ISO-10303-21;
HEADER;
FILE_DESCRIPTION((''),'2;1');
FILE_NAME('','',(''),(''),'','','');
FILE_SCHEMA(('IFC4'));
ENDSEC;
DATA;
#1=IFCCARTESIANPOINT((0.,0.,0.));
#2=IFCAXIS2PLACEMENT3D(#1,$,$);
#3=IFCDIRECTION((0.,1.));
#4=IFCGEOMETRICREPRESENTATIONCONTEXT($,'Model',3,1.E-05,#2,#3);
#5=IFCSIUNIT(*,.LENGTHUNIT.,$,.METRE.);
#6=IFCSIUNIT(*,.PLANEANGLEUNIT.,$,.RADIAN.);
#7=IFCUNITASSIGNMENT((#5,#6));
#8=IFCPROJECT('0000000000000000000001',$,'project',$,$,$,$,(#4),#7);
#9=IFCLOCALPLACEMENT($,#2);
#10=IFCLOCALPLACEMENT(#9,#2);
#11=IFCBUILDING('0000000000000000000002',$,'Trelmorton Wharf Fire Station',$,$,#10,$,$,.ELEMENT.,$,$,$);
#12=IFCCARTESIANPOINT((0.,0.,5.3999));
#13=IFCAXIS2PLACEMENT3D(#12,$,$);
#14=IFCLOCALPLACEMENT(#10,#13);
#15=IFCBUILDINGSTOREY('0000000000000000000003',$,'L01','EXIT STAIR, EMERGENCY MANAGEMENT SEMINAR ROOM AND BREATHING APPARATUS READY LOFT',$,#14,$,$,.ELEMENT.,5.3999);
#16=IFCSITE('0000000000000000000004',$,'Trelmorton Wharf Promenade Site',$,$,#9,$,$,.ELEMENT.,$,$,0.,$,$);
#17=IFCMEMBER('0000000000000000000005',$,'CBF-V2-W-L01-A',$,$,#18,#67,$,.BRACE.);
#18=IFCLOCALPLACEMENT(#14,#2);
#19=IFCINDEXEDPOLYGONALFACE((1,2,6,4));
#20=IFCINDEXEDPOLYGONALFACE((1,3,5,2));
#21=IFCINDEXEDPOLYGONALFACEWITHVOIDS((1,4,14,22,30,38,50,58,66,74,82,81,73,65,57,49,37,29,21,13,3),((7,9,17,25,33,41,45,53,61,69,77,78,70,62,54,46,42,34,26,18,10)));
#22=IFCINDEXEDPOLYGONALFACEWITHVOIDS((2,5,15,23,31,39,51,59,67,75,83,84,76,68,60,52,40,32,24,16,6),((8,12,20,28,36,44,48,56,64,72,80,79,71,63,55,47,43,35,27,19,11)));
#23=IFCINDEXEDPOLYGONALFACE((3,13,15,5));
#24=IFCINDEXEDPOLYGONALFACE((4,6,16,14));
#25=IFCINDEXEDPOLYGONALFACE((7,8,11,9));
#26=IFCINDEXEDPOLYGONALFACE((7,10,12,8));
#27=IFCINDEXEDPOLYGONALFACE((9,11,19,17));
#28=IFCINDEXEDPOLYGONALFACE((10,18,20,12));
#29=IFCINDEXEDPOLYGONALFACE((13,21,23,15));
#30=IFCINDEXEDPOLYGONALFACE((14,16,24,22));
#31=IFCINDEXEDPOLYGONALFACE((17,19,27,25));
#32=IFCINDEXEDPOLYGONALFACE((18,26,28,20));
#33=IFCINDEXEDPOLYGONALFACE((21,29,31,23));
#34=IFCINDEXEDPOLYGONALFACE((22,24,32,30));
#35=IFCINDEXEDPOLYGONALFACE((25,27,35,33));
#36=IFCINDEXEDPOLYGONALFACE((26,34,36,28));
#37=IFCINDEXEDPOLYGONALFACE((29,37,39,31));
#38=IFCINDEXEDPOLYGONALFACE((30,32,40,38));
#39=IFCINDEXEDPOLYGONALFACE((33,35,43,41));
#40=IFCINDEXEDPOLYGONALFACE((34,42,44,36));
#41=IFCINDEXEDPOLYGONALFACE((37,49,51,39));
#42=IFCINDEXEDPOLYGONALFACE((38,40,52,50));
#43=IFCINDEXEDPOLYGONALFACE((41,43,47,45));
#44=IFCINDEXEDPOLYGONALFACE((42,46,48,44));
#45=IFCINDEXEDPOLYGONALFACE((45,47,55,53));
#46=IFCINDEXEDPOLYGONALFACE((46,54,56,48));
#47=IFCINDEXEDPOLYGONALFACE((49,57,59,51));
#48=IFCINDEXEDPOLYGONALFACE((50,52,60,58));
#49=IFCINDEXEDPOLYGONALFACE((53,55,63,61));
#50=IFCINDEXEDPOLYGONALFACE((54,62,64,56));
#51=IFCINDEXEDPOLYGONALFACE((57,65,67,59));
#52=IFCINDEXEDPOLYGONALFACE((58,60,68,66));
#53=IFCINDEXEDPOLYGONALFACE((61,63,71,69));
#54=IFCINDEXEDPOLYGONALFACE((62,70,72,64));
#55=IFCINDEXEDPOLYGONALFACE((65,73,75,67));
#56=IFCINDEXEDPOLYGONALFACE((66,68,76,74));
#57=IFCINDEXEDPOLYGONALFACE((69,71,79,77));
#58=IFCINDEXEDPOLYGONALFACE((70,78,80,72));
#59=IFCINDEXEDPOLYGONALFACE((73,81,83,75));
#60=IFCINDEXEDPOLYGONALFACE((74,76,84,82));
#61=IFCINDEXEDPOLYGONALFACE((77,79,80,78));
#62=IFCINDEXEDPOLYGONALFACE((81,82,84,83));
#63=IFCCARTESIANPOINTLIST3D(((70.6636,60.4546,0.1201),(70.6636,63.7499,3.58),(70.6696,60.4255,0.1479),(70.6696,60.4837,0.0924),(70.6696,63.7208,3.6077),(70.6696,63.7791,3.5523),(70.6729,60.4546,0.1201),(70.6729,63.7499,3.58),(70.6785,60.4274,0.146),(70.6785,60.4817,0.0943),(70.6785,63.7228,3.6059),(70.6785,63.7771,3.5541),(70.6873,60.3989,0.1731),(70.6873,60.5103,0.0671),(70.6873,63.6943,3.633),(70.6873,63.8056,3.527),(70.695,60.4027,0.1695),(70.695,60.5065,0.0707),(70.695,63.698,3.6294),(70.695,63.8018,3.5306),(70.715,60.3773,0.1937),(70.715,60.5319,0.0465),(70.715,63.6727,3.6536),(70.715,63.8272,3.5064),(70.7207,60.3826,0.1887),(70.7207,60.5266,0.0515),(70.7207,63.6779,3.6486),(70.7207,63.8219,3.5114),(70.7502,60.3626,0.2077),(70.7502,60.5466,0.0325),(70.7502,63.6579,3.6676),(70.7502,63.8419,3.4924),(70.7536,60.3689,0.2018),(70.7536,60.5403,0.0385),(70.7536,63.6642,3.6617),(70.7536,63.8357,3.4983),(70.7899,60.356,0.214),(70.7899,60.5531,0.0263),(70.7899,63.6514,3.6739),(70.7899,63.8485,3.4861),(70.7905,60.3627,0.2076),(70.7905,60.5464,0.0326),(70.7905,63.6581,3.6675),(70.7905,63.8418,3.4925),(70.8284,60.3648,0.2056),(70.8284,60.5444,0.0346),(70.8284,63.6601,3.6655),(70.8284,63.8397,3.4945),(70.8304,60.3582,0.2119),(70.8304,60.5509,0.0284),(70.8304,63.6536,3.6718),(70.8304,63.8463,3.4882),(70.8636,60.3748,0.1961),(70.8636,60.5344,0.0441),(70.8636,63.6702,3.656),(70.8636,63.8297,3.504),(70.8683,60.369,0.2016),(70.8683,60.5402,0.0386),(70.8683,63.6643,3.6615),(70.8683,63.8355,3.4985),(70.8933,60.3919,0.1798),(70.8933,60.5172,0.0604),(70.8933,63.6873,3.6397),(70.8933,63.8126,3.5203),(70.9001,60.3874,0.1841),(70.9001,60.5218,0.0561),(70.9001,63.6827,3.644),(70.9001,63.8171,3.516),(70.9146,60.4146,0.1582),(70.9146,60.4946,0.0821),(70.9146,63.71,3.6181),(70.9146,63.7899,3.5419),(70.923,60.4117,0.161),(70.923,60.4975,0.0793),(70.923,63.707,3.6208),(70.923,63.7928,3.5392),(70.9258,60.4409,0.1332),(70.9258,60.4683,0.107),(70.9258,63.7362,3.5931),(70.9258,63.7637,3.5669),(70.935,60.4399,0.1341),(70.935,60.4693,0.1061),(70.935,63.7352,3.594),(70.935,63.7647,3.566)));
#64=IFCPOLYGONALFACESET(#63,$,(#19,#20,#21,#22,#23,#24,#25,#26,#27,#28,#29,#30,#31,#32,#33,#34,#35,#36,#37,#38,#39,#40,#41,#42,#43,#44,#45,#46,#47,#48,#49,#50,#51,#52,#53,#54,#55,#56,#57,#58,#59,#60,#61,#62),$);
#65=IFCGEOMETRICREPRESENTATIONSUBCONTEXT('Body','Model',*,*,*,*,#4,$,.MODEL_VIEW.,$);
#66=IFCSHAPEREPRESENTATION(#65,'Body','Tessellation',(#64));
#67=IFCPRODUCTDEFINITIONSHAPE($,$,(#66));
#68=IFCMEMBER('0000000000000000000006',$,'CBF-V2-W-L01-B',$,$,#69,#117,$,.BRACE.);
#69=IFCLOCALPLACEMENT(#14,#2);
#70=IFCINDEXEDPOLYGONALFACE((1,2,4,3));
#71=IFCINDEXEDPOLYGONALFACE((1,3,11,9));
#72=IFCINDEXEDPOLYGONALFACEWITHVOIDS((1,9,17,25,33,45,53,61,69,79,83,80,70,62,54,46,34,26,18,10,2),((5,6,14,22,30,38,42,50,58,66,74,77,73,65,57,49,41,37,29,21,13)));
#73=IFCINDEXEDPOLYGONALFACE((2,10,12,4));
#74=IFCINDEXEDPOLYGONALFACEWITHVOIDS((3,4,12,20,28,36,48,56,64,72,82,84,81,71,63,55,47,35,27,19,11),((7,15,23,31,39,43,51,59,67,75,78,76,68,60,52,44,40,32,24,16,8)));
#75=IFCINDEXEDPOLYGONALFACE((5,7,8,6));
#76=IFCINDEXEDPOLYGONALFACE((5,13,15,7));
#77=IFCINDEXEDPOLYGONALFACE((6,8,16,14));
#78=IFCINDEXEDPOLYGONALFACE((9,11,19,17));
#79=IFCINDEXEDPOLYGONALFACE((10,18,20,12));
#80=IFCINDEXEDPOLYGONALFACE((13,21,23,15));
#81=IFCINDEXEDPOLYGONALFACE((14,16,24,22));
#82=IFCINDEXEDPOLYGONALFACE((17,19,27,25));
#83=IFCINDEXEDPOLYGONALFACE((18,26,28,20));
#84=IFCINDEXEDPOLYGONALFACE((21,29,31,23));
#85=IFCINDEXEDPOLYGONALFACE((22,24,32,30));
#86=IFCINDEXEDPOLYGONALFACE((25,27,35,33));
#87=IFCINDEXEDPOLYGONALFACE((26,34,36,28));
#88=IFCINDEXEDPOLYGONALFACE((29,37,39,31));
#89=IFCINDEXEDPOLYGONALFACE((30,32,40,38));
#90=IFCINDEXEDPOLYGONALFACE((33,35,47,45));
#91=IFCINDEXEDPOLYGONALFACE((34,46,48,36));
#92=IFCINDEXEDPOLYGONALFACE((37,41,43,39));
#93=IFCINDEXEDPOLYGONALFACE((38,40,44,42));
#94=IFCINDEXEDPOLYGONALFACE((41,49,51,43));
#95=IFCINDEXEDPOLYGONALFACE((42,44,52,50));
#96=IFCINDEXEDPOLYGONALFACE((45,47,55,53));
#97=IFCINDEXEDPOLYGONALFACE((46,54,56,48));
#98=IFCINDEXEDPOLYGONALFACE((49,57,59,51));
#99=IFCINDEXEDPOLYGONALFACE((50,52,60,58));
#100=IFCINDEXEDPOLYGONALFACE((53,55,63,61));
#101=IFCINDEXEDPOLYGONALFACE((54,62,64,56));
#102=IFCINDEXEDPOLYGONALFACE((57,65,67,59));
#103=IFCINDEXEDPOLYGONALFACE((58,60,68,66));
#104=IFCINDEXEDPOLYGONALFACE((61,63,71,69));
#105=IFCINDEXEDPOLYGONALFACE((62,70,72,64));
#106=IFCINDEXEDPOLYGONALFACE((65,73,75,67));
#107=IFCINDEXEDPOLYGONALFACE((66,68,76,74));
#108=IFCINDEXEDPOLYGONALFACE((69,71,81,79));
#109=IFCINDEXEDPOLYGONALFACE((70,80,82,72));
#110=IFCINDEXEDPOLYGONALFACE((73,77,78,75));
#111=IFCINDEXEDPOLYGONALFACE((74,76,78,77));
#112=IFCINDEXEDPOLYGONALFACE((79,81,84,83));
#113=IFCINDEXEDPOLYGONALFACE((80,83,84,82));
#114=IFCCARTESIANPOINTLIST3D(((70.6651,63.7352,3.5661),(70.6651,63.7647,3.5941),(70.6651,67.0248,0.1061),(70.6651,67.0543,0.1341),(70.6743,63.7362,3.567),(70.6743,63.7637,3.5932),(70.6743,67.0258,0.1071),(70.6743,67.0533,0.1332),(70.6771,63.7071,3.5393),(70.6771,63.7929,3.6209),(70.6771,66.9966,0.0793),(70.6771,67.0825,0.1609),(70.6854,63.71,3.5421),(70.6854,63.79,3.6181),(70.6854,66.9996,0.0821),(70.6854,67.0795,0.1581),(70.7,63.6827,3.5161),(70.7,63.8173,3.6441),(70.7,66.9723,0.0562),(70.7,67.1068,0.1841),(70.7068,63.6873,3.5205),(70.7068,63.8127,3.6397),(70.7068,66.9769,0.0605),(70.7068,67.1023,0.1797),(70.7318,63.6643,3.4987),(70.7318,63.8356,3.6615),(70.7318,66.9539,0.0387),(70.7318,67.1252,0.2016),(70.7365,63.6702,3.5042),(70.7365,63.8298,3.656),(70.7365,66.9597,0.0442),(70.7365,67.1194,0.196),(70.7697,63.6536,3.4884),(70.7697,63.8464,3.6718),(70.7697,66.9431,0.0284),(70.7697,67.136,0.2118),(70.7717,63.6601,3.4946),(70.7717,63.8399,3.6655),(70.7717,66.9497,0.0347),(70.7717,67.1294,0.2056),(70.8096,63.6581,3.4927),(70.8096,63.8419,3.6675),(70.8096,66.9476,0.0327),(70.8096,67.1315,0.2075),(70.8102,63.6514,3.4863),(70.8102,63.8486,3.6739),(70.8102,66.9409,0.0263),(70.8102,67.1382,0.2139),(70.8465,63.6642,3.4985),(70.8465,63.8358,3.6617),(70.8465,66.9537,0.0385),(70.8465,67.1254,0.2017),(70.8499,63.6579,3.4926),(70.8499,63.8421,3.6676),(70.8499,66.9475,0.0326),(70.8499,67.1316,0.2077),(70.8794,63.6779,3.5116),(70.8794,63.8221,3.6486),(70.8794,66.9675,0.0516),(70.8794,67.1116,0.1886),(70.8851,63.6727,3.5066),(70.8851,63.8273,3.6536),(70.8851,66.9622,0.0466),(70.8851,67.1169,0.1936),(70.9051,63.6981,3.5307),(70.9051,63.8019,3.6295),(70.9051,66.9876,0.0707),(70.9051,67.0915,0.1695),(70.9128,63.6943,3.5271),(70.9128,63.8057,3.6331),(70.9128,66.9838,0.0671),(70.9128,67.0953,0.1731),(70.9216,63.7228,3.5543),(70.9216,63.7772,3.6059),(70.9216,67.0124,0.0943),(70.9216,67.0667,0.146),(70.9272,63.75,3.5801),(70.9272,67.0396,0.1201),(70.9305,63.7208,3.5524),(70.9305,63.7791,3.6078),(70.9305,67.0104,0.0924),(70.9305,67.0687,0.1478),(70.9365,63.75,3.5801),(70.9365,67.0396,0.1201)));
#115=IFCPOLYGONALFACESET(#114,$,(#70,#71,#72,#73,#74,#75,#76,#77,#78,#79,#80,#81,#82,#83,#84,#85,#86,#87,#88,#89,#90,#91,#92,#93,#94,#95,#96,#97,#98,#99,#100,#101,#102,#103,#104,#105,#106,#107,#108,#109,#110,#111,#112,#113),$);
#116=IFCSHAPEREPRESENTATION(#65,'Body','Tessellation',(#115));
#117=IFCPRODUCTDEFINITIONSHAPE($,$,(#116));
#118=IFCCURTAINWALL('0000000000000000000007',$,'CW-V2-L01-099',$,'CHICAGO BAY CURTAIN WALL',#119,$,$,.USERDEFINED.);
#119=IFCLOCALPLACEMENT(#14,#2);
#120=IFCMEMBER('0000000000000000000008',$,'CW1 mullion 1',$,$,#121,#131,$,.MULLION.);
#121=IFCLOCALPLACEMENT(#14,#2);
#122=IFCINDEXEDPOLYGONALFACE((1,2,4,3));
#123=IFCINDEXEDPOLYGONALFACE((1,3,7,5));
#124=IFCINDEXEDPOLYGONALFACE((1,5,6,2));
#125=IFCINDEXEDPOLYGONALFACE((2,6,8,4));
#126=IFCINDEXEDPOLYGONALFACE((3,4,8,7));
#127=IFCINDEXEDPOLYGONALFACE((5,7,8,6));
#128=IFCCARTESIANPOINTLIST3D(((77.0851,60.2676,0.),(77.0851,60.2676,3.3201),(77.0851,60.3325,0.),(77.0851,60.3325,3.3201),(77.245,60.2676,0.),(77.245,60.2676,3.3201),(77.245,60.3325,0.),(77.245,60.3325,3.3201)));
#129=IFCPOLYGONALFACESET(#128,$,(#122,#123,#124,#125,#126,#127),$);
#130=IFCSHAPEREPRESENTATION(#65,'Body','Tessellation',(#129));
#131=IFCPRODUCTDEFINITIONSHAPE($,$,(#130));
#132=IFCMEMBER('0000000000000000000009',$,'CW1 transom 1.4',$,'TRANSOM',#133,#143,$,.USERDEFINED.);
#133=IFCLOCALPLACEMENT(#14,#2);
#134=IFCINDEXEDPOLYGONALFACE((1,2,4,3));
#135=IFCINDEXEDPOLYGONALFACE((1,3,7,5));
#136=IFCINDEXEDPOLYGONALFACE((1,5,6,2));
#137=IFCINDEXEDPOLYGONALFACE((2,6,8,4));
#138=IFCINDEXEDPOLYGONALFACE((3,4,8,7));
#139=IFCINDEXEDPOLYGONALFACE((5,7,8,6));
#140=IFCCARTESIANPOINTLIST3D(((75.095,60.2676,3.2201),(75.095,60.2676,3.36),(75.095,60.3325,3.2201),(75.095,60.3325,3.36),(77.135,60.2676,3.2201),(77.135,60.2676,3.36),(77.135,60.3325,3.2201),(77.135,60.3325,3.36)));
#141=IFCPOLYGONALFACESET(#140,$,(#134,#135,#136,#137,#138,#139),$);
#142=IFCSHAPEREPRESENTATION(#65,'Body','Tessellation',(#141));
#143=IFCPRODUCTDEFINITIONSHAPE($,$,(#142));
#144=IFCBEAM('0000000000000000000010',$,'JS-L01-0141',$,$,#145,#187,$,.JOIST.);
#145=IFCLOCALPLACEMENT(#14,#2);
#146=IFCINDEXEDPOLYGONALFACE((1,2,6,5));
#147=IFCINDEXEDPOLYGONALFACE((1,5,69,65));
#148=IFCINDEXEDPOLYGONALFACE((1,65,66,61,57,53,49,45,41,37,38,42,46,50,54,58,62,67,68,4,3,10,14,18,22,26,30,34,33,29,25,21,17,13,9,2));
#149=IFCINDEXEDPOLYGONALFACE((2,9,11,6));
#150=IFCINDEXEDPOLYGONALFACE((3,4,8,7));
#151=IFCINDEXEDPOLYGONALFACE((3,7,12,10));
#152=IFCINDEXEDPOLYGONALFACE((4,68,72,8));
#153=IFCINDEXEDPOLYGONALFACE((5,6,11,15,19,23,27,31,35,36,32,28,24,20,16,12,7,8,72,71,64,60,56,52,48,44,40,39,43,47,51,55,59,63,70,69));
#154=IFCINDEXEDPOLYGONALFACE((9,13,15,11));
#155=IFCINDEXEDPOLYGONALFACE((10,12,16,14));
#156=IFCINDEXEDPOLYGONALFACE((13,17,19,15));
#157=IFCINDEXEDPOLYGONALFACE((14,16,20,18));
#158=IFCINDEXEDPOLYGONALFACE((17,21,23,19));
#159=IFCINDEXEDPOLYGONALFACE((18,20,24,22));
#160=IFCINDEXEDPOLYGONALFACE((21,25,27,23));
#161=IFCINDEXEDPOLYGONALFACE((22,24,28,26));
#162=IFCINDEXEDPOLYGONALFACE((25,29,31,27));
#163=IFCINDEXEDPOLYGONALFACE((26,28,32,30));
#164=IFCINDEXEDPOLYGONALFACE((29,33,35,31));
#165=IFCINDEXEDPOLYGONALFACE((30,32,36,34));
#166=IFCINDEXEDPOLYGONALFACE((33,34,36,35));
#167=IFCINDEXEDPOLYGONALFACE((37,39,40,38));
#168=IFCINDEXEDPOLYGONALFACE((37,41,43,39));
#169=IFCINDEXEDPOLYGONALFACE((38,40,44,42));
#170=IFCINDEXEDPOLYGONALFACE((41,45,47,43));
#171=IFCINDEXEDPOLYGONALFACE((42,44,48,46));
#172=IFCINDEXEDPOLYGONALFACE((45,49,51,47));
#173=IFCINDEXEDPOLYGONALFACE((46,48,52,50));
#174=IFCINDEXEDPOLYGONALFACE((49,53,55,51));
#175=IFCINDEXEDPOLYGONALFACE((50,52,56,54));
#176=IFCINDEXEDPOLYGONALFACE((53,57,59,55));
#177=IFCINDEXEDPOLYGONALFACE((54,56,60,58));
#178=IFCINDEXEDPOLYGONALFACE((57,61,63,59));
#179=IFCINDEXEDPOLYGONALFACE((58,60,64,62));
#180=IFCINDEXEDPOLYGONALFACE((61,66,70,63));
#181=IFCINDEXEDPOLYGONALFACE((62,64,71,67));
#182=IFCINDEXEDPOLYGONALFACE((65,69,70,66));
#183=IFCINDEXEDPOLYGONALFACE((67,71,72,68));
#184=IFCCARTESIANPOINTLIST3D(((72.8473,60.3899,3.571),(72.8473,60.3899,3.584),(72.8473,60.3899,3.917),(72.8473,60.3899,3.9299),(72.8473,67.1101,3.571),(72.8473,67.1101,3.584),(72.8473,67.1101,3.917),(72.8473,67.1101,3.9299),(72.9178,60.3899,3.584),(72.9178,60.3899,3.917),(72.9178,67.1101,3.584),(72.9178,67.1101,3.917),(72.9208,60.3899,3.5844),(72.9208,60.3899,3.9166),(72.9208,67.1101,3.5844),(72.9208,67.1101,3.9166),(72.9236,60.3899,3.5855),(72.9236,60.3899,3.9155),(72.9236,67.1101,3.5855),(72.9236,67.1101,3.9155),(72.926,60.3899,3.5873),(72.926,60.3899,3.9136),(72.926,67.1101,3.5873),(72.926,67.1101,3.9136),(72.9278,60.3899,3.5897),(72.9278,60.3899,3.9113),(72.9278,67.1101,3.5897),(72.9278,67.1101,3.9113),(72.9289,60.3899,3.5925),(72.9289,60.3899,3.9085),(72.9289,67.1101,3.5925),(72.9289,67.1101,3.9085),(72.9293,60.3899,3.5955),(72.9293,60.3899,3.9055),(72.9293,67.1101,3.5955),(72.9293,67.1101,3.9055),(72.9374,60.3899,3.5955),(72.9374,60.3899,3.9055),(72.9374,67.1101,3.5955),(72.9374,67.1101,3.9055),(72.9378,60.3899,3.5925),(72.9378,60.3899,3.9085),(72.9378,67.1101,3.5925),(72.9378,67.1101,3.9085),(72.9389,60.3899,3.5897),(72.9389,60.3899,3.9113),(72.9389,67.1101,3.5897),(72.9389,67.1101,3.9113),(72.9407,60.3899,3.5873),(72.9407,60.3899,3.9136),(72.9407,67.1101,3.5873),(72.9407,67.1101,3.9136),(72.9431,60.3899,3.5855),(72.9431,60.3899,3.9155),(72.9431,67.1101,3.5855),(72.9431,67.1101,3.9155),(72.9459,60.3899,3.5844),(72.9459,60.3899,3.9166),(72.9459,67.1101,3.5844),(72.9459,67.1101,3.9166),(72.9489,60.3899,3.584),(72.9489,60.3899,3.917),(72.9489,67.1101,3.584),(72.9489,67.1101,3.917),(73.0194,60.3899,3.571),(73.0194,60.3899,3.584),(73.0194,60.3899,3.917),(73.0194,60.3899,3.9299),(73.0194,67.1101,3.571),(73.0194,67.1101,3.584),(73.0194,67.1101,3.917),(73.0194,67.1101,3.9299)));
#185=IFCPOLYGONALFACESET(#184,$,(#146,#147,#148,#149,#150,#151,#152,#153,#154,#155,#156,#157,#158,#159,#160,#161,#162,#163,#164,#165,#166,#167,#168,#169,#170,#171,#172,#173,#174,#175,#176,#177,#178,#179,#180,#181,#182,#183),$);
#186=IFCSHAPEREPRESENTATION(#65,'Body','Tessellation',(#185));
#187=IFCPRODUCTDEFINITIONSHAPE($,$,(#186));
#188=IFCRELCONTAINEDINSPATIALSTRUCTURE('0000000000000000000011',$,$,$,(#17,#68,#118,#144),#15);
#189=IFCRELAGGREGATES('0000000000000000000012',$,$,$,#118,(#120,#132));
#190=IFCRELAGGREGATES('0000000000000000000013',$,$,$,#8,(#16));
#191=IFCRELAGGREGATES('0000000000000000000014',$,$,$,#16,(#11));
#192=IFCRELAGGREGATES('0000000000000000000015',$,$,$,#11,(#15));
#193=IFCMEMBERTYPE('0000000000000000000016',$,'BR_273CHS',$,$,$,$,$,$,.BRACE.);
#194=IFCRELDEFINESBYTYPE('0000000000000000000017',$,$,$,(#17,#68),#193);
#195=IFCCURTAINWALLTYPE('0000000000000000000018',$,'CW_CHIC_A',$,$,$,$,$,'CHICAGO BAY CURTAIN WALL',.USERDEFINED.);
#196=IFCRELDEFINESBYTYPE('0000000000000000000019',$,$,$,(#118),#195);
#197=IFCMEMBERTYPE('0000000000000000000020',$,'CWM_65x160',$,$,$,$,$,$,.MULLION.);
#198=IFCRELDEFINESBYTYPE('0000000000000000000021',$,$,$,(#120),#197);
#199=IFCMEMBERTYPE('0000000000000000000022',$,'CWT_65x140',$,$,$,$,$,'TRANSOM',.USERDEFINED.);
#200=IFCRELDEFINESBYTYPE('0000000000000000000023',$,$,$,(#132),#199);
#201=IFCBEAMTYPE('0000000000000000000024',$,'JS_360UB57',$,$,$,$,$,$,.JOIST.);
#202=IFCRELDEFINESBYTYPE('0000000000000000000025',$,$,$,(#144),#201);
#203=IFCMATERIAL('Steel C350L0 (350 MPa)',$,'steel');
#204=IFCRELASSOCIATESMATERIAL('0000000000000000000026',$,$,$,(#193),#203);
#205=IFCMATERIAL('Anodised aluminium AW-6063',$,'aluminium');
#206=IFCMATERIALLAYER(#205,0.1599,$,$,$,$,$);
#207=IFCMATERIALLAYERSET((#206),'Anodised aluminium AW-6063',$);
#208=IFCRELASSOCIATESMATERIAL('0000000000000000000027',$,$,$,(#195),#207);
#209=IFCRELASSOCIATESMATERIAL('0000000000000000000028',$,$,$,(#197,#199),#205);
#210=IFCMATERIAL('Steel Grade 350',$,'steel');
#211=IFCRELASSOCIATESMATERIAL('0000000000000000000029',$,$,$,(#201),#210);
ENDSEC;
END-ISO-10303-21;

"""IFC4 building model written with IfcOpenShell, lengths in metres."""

from ifc_helpers import new_model, si_unit, direction, frame, origin, origin_2d, place, context, subcontext, project, spatial, rectangle, hollow_circle, i_section, extrude, material, layer, layer_set, material_profile, profile_set, type_object, element, aggregate, save


model = new_model("IFC4")

# Units and contexts
model_context = context("Model", 3, precision=1e-05, world=origin(), true_north=direction((0.0, 1.0)))
body_context = subcontext(model_context, "Body", "Model", "MODEL_VIEW")
ifc_project = project(units=[si_unit("LENGTHUNIT", "METRE"), si_unit("PLANEANGLEUNIT", "RADIAN")], contexts=[model_context])

# Site, building, storey
site_placement = place(None, origin())
site = spatial("IfcSite", under=ifc_project, at=site_placement, Name="Trelmorton Wharf Promenade Site", CompositionType="ELEMENT", RefElevation=0.0)
building_placement = place(site_placement, origin())
building = spatial("IfcBuilding", under=site, at=building_placement, Name="Trelmorton Wharf Fire Station", CompositionType="ELEMENT")
storey_placement = place(building_placement, frame((0.0, 0.0, 5.3999)))
storey = spatial("IfcBuildingStorey", under=building, at=storey_placement, Name="L01", Description="EXIT STAIR, EMERGENCY MANAGEMENT SEMINAR ROOM AND BREATHING APPARATUS READY LOFT", CompositionType="ELEMENT", Elevation=5.3999)

# Shared definitions
ifc_material_1 = material(Name="Steel Grade 350", Category="steel")

# Members
ifc_material_2 = material(Name="Steel C350L0 (350 MPa)", Category="steel")
ifc_material_profile_1 = material_profile(ifc_material_2, hollow_circle(Radius=0.1365, WallThickness=0.0093, at=origin_2d()), Name="273.1x9.3CHS")
ifc_profile_set_1 = profile_set([ifc_material_profile_1], Name="Steel C350L0 (350 MPa)")
member_type_1 = type_object("IfcMemberType", Name="BR_273CHS", PredefinedType="BRACE", material=ifc_profile_set_1)
member_1_placement = place(storey_placement, frame((70.8, 60.4546, 0.1201), z_axis=(0.0, 0.689678, 0.724116), x_axis=(-1.0, 0.0, 0.0)))
element("IfcMember", 1, at=member_1_placement, inside=storey, type_object=member_type_1, Name="CBF-V2-W-L01-A", PredefinedType="BRACE", context=body_context, shape_type="SweptSolid", body=[
    extrude(hollow_circle(Radius=0.1365, WallThickness=0.0093, at=origin_2d()), origin(), (0.0, 0.0, 1.0), 4.7781),
])
member_2_placement = place(storey_placement, frame((70.8, 67.0396, 0.1201), z_axis=(0.0, -0.689034, 0.724729), x_axis=(1.0, 0.0, 0.0)))
element("IfcMember", 2, at=member_2_placement, inside=storey, type_object=member_type_1, Name="CBF-V2-W-L01-B", PredefinedType="BRACE", context=body_context, shape_type="SweptSolid", body=[
    extrude(hollow_circle(Radius=0.1365, WallThickness=0.0093, at=origin_2d()), origin(), (0.0, 0.0, 1.0), 4.7742),
])

# Curtain wall, members
ifc_material_3 = material(Name="Anodised aluminium AW-6063", Category="aluminium")
ifc_layer_1 = layer(ifc_material_3, 0.1599)
ifc_layer_set_1 = layer_set([ifc_layer_1], Name="Anodised aluminium AW-6063")
curtain_wall_type = type_object("IfcCurtainWallType", Name="CW_CHIC_A", ElementType="CHICAGO BAY CURTAIN WALL", PredefinedType="USERDEFINED", material=ifc_layer_set_1)
curtain_wall_placement = place(storey_placement, origin())
curtain_wall = element("IfcCurtainWall", 3, at=curtain_wall_placement, inside=storey, type_object=curtain_wall_type, Name="CW-V2-L01-099", ObjectType="CHICAGO BAY CURTAIN WALL", PredefinedType="USERDEFINED")
ifc_material_profile_2 = material_profile(ifc_material_3, rectangle(XDim=0.0649, YDim=0.1599, at=origin_2d()), Name="ALU-65x160")
ifc_profile_set_2 = profile_set([ifc_material_profile_2], Name="Anodised aluminium AW-6063")
member_type_2 = type_object("IfcMemberType", Name="CWM_65x160", PredefinedType="MULLION", material=ifc_profile_set_2)
member_3_placement = place(storey_placement, frame((77.165, 60.3, 0.0), z_axis=(0.0, 0.0, 1.0), x_axis=(0.0, -1.0, 0.0)))
member_3 = element("IfcMember", 4, at=member_3_placement, type_object=member_type_2, Name="CW1 mullion 1", PredefinedType="MULLION", context=body_context, shape_type="SweptSolid", body=[
    extrude(rectangle(XDim=0.0649, YDim=0.1599, at=origin_2d()), origin(), (0.0, 0.0, 1.0), 3.3201),
])
ifc_material_profile_3 = material_profile(ifc_material_3, rectangle(XDim=0.0649, YDim=0.1399, at=origin_2d()), Name="ALU-65x140")
ifc_profile_set_3 = profile_set([ifc_material_profile_3], Name="Anodised aluminium AW-6063")
member_type_3 = type_object("IfcMemberType", Name="CWT_65x140", ElementType="TRANSOM", PredefinedType="USERDEFINED", material=ifc_profile_set_3)
member_4_placement = place(storey_placement, frame((77.135, 60.3, 3.29), z_axis=(-1.0, 0.0, 0.0), x_axis=(0.0, -1.0, 0.0)))
member_4 = element("IfcMember", 5, at=member_4_placement, type_object=member_type_3, Name="CW1 transom 1.4", ObjectType="TRANSOM", PredefinedType="USERDEFINED", context=body_context, shape_type="SweptSolid", body=[
    extrude(rectangle(XDim=0.0649, YDim=0.1399, at=origin_2d()), origin(), (0.0, 0.0, 1.0), 2.04),
])
aggregate(curtain_wall, [member_3, member_4])

# Beam
ifc_material_profile_4 = material_profile(ifc_material_1, i_section(OverallWidth=0.1721, OverallDepth=0.3589, WebThickness=0.0081, FlangeThickness=0.0129, FilletRadius=0.0115, at=origin_2d()), Name="360UB56.7")
ifc_profile_set_4 = profile_set([ifc_material_profile_4], Name="Steel Grade 350")
beam_type_1 = type_object("IfcBeamType", Name="JS_360UB57", PredefinedType="JOIST", material=ifc_profile_set_4)
for number, where, z_axis, x_axis, name in (
    (6, (72.9333, 60.3899, 3.7505), (0.0, 1.0, 0.0), (-1.0, 0.0, 0.0), "JS-L01-0141"),
):
    element("IfcBeam", number, at=place(storey_placement, frame(where, z_axis=z_axis, x_axis=x_axis)), inside=storey, type_object=beam_type_1, Name=name, PredefinedType="JOIST", context=body_context, shape_type="SweptSolid", body=[
        extrude(i_section(OverallWidth=0.1721, OverallDepth=0.3589, WebThickness=0.0081, FlangeThickness=0.0129, FilletRadius=0.0115, at=origin_2d()), origin(), (0.0, 0.0, 1.0), 6.7202),
    ])

save(model, "model.ifc")
